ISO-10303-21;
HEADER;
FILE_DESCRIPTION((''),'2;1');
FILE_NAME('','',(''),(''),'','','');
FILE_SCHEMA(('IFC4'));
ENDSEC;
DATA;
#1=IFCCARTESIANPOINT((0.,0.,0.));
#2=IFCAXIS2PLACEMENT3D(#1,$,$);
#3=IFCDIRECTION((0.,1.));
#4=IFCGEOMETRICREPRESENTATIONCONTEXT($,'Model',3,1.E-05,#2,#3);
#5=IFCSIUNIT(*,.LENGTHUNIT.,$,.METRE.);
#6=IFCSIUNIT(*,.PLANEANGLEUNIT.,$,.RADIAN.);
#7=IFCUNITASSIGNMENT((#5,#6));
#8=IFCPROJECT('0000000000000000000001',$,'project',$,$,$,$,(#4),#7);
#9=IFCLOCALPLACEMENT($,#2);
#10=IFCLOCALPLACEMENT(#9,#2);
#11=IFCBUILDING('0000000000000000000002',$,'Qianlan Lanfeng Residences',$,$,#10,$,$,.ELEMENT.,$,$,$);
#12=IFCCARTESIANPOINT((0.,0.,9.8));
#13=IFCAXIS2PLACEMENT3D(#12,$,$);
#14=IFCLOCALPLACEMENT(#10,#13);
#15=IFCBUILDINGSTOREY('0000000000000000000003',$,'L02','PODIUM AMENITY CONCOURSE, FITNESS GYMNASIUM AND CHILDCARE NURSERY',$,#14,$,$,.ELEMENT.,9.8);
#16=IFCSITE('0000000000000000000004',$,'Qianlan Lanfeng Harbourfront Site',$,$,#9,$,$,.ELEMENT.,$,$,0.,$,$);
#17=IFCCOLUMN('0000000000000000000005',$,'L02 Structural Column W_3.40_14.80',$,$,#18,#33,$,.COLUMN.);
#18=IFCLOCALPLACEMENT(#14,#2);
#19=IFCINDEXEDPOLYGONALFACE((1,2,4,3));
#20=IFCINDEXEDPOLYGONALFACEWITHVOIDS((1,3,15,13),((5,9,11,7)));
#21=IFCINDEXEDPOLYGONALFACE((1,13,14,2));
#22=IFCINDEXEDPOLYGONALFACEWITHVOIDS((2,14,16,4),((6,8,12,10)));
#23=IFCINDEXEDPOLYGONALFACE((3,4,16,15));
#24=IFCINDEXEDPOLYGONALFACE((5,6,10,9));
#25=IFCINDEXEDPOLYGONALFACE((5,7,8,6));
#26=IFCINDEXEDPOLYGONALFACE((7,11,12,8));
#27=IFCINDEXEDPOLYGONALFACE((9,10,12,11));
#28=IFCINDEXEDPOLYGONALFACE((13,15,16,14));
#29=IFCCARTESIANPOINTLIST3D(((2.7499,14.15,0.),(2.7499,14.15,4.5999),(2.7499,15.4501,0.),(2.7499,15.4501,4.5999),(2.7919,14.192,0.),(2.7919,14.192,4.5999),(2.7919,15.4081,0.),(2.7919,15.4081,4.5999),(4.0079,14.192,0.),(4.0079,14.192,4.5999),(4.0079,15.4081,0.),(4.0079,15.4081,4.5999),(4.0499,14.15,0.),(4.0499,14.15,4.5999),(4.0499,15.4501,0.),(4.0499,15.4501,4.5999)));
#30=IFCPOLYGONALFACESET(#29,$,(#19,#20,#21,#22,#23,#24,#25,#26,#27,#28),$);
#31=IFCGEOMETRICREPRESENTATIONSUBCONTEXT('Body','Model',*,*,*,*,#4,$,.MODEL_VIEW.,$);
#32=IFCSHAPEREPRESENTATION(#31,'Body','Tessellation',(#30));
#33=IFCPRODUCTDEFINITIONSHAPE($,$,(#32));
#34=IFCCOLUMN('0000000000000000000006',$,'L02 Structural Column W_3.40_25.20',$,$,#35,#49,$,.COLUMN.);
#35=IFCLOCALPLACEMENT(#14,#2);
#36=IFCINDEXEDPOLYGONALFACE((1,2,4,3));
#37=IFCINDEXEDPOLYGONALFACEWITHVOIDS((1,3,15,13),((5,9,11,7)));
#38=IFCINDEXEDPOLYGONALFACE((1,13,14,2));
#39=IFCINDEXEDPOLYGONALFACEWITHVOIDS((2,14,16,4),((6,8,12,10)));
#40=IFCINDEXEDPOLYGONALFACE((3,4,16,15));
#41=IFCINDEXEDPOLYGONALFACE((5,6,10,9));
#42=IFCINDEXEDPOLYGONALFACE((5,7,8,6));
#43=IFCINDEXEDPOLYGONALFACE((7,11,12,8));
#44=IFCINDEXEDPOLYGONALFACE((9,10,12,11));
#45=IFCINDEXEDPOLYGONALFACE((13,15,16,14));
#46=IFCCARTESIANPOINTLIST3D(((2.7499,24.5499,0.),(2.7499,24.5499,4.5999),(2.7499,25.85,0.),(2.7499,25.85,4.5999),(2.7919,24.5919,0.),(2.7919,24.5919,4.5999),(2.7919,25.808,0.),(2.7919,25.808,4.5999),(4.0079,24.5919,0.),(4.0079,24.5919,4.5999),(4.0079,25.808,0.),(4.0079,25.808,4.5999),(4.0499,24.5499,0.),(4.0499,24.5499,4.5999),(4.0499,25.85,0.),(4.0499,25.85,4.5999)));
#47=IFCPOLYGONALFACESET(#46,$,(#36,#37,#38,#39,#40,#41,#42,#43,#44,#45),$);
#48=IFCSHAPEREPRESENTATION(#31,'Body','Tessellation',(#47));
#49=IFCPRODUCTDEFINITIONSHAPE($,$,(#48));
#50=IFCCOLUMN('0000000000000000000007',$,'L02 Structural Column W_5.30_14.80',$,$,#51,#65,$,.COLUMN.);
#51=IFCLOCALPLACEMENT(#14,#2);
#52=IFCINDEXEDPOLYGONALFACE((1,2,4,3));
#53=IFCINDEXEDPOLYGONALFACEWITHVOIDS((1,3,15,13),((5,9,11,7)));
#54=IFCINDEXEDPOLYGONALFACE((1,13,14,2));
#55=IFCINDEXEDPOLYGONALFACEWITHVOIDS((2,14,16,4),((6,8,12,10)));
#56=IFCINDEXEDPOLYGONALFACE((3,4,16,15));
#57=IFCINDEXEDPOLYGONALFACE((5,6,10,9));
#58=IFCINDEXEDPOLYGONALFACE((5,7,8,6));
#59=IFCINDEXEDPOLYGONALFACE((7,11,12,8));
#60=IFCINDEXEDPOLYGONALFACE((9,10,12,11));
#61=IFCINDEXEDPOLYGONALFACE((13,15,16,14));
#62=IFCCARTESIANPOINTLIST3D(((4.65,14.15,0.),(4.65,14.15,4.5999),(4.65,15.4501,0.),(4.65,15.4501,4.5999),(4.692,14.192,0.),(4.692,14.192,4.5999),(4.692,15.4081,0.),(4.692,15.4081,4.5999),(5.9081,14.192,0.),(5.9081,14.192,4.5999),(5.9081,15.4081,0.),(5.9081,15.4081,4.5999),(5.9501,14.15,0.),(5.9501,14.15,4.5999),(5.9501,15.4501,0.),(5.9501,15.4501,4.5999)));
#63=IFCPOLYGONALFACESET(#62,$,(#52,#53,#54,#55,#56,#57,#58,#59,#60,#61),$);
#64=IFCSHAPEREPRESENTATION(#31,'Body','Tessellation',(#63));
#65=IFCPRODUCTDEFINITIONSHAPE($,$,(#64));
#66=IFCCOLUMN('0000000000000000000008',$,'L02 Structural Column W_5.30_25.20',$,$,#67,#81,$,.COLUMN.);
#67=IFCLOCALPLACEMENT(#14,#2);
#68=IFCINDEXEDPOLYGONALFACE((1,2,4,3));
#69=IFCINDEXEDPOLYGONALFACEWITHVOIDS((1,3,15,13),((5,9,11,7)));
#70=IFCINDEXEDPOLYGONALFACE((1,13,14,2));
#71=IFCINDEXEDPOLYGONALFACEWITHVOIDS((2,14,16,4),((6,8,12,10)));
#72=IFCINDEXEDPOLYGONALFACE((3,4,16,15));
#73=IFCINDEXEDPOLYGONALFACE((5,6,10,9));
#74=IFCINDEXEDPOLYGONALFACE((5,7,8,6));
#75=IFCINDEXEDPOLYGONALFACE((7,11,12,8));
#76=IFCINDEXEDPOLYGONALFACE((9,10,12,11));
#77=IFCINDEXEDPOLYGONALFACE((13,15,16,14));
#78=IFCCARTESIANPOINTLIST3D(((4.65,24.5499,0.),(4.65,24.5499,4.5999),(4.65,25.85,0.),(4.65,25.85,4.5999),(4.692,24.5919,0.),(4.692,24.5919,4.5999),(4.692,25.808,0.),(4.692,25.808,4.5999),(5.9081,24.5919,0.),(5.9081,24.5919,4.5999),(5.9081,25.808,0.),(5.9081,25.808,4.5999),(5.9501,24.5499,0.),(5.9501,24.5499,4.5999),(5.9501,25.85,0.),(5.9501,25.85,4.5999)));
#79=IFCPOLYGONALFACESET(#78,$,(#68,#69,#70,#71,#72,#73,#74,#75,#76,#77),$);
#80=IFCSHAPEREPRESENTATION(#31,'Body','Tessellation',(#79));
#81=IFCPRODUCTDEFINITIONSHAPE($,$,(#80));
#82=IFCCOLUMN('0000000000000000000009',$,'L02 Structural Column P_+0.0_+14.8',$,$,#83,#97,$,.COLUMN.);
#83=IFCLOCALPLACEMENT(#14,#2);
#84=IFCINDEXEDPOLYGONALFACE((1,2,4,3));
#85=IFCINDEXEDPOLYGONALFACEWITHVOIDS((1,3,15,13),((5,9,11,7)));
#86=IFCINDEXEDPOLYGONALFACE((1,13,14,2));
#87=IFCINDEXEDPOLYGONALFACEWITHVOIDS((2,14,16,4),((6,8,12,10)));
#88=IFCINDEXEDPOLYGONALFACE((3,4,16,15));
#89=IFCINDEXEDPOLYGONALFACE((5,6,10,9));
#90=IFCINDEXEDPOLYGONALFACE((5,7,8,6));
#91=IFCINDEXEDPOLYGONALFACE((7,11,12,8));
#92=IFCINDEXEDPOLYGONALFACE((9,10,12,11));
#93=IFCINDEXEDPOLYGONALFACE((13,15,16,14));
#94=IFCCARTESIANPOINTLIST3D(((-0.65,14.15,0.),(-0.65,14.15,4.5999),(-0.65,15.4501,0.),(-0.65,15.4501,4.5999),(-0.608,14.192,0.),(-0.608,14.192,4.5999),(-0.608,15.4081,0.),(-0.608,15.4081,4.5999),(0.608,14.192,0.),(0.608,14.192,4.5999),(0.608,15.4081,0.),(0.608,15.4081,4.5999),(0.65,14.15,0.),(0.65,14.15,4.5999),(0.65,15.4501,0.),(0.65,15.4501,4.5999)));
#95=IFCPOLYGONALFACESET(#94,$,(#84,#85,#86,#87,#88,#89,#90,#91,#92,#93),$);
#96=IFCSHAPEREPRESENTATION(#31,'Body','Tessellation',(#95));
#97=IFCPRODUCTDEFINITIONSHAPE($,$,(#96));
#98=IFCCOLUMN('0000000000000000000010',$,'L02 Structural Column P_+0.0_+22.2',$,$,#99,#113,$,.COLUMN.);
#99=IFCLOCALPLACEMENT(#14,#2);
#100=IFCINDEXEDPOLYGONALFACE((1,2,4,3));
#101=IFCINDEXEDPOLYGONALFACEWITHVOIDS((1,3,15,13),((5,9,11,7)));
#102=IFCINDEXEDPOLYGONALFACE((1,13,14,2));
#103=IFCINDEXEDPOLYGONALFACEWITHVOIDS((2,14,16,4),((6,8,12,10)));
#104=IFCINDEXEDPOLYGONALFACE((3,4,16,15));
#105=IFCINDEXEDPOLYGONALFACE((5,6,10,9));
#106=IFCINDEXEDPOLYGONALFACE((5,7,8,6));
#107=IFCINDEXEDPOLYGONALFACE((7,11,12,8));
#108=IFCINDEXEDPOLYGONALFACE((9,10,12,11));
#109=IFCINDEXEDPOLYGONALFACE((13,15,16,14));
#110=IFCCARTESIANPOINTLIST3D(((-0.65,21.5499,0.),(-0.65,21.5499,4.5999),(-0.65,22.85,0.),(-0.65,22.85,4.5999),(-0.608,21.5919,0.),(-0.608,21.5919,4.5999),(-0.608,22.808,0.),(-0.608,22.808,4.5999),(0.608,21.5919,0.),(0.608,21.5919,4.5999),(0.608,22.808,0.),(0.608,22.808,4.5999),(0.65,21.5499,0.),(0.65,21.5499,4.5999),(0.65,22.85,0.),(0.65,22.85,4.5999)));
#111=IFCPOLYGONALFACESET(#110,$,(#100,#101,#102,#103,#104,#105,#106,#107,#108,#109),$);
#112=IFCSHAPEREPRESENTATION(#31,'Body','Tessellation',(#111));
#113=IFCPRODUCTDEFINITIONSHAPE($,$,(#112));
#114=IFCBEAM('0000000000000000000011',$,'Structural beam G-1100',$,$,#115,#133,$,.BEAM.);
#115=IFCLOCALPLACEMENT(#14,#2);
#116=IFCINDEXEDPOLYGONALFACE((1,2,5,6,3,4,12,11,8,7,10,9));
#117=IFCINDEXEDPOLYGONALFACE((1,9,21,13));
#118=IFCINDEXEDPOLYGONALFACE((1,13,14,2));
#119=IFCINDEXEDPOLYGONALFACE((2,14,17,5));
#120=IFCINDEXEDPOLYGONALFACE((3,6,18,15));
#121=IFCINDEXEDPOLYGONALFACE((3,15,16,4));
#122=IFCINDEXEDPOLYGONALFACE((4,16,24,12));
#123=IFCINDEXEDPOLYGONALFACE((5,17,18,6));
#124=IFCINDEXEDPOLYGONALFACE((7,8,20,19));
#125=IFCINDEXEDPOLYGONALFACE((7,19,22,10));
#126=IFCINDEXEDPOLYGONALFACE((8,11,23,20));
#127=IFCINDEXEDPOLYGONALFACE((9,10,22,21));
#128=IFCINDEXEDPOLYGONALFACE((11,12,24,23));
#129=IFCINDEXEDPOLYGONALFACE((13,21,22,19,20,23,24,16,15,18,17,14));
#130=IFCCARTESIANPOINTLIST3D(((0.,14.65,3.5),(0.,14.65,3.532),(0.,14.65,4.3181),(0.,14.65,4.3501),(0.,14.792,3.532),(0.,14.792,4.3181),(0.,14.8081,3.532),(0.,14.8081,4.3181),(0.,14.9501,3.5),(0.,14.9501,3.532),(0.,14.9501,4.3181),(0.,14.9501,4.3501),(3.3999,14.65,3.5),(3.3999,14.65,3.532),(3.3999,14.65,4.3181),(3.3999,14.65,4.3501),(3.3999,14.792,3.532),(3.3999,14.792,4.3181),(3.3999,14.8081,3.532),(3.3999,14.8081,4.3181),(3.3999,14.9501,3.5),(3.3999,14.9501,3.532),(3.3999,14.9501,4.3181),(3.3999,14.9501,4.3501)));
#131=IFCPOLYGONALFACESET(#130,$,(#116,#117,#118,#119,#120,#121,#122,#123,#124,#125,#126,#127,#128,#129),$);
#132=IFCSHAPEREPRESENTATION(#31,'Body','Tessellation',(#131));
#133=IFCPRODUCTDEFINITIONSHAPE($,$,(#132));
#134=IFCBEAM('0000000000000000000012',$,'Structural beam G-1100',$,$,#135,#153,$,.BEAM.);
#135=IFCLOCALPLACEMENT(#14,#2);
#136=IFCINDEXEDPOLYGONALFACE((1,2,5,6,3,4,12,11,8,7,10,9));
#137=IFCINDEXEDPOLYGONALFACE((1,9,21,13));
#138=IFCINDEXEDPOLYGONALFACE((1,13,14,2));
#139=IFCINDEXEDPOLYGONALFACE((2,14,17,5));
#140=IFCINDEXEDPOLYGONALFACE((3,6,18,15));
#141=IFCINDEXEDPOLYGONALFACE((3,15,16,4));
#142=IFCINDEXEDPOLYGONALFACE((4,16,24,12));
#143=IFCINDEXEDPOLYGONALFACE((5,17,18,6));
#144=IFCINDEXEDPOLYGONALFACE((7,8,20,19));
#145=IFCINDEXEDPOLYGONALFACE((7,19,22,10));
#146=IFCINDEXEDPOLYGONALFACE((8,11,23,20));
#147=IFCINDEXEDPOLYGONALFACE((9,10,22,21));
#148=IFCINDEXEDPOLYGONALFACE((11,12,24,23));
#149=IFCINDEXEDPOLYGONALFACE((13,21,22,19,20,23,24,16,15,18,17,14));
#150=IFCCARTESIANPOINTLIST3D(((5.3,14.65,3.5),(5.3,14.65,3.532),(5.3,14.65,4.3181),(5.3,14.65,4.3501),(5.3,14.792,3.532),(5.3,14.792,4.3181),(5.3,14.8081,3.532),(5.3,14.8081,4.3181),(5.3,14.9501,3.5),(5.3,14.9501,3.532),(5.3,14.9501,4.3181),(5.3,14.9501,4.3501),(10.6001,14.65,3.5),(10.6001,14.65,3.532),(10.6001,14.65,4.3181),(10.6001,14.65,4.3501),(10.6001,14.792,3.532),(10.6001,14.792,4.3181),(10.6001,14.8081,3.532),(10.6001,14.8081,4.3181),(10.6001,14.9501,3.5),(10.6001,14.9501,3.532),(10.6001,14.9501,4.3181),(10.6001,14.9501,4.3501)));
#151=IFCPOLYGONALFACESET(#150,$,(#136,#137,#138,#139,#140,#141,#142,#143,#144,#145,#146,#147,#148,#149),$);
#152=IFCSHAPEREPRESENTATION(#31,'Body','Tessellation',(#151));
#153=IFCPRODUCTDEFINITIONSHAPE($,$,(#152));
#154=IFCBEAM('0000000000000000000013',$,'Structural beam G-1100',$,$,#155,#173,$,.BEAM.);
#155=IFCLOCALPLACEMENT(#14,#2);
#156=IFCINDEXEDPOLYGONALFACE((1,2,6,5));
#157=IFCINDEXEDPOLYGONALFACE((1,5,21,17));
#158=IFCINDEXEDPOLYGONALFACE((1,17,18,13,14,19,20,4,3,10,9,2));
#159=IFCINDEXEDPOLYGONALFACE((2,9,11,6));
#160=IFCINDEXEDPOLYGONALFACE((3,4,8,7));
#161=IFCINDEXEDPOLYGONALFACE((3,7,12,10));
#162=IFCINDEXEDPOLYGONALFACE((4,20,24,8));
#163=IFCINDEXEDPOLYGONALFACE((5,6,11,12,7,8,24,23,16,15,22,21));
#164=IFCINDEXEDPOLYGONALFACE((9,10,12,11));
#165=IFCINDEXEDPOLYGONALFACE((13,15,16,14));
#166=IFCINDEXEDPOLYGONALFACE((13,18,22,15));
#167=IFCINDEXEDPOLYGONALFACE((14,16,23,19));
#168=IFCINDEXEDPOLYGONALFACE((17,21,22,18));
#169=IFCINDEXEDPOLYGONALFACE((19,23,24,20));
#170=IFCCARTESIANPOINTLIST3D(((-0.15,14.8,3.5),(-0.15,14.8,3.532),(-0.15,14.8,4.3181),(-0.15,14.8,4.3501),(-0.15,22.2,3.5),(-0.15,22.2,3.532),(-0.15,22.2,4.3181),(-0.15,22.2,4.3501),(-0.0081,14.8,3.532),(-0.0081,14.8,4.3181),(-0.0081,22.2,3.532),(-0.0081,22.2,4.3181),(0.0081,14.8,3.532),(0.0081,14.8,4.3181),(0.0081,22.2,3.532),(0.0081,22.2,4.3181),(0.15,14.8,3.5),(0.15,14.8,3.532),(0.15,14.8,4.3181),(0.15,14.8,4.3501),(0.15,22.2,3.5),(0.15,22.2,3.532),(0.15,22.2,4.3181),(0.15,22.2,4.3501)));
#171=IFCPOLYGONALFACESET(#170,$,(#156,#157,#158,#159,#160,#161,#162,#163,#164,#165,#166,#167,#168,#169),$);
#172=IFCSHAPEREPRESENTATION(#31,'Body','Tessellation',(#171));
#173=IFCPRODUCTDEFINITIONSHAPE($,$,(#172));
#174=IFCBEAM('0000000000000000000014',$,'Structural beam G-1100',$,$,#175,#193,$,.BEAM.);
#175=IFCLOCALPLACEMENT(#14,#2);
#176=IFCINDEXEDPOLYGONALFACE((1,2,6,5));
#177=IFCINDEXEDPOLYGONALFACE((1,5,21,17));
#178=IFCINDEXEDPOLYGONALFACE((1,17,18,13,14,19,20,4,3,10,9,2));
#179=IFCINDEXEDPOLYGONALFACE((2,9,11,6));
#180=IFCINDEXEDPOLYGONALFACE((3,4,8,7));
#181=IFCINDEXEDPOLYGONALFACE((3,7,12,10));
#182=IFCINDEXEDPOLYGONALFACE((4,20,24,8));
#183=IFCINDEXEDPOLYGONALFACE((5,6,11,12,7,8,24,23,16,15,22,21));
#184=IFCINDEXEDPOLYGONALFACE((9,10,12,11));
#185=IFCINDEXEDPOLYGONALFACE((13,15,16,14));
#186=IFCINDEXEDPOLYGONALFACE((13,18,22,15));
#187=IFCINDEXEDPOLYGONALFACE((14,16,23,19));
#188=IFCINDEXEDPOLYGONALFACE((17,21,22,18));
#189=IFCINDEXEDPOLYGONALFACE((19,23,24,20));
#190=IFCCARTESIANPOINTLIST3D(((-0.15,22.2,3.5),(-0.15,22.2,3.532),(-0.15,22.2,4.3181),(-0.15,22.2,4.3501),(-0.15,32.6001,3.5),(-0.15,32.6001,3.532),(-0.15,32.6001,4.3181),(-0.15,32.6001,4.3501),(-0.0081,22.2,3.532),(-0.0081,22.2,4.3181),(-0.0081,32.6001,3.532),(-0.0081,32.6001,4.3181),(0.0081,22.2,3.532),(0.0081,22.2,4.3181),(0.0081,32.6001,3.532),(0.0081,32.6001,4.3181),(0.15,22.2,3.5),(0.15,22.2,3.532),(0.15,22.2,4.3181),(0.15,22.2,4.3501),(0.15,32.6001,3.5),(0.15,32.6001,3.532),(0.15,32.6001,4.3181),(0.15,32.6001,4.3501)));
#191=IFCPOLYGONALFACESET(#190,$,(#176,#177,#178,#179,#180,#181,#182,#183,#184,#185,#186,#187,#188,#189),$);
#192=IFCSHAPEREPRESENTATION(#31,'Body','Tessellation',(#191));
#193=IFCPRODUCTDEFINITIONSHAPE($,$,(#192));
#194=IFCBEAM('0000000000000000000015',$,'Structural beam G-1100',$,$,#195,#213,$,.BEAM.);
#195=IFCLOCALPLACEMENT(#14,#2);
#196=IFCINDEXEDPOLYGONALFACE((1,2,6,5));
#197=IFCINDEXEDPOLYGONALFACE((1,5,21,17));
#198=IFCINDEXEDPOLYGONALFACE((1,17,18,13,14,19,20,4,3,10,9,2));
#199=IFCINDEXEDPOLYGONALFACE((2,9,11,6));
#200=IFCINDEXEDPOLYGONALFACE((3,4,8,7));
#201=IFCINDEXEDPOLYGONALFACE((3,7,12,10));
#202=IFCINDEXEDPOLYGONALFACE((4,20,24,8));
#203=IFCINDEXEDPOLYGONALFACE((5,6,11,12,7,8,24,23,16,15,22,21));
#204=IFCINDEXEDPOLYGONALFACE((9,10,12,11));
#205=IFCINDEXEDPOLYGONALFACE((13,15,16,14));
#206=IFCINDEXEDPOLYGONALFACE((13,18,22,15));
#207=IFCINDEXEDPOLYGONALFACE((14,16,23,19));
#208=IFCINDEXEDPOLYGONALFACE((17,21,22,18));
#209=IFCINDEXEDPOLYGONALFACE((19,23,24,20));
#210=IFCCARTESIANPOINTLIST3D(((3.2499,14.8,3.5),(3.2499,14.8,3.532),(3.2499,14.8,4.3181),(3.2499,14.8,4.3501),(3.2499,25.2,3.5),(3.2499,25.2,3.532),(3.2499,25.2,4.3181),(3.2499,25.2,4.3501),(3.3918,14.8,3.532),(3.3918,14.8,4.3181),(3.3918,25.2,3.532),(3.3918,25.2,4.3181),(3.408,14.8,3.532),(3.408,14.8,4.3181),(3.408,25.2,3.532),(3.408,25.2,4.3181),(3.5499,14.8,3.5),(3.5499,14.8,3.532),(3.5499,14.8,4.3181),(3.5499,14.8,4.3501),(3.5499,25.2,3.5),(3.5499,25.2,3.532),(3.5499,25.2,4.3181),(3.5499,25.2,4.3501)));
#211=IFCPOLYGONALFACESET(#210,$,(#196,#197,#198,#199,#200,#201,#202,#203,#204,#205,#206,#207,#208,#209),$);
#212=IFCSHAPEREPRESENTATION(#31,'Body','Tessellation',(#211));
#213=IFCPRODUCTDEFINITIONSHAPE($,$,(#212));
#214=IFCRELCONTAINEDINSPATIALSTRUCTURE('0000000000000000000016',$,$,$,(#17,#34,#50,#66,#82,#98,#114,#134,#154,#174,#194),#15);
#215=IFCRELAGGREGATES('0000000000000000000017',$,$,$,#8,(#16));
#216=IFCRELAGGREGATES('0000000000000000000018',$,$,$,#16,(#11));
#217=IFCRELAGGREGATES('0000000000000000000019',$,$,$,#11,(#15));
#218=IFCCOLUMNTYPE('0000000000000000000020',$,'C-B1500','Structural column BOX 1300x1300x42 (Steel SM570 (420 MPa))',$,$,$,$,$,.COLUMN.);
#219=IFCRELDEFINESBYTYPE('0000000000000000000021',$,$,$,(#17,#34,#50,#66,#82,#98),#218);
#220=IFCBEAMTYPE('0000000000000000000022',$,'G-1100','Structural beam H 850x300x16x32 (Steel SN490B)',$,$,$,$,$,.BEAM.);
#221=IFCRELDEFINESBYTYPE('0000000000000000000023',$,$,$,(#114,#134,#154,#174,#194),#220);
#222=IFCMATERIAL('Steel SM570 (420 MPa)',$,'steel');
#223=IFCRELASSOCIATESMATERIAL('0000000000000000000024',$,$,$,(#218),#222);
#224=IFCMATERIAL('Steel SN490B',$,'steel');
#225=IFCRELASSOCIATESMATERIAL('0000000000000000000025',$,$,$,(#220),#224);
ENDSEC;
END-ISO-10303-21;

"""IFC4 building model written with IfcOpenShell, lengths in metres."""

from ifc_helpers import new_model, si_unit, direction, frame, origin, origin_2d, place, context, subcontext, project, spatial, hollow_rectangle, i_section, extrude, material, material_profile, profile_set, type_object, element, save


model = new_model("IFC4")

# Units and contexts
model_context = context("Model", 3, precision=1e-05, world=origin(), true_north=direction((0.0, 1.0)))
body_context = subcontext(model_context, "Body", "Model", "MODEL_VIEW")
ifc_project = project(units=[si_unit("LENGTHUNIT", "METRE"), si_unit("PLANEANGLEUNIT", "RADIAN")], contexts=[model_context])

# Site, building, storey
site_placement = place(None, origin())
site = spatial("IfcSite", under=ifc_project, at=site_placement, Name="Qianlan Lanfeng Harbourfront Site", CompositionType="ELEMENT", RefElevation=0.0)
building_placement = place(site_placement, origin())
building = spatial("IfcBuilding", under=site, at=building_placement, Name="Qianlan Lanfeng Residences", CompositionType="ELEMENT")
storey_placement = place(building_placement, frame((0.0, 0.0, 9.8)))
storey = spatial("IfcBuildingStorey", under=building, at=storey_placement, Name="L02", Description="PODIUM AMENITY CONCOURSE, FITNESS GYMNASIUM AND CHILDCARE NURSERY", CompositionType="ELEMENT", Elevation=9.8)

# Columns
ifc_material_1 = material(Name="Steel SM570 (420 MPa)", Category="steel")
ifc_material_profile_1 = material_profile(ifc_material_1, hollow_rectangle(XDim=1.3, YDim=1.3, WallThickness=0.042, at=origin_2d()), Name="BOX 1300x1300x42")
ifc_profile_set_1 = profile_set([ifc_material_profile_1], Name="Steel SM570 (420 MPa)")
column_type = type_object("IfcColumnType", Name="C-B1500", Description="Structural column BOX 1300x1300x42 (Steel SM570 (420 MPa))", PredefinedType="COLUMN", material=ifc_profile_set_1)
for number, where, z_axis, x_axis, name in (
    (1, (3.3999, 14.8, 0.0), (0.0, 0.0, 1.0), (1.0, 0.0, 0.0), "L02 Structural Column W_3.40_14.80"),
    (2, (3.3999, 25.2, 0.0), (0.0, 0.0, 1.0), (1.0, 0.0, 0.0), "L02 Structural Column W_3.40_25.20"),
    (3, (5.3, 14.8, 0.0), (0.0, 0.0, 1.0), (1.0, 0.0, 0.0), "L02 Structural Column W_5.30_14.80"),
    (4, (5.3, 25.2, 0.0), (0.0, 0.0, 1.0), (1.0, 0.0, 0.0), "L02 Structural Column W_5.30_25.20"),
    (5, (0.0, 14.8, 0.0), (0.0, 0.0, 1.0), (1.0, 0.0, 0.0), "L02 Structural Column P_+0.0_+14.8"),
    (6, (0.0, 22.2, 0.0), (0.0, 0.0, 1.0), (1.0, 0.0, 0.0), "L02 Structural Column P_+0.0_+22.2"),
):
    element("IfcColumn", number, at=place(storey_placement, frame(where, z_axis=z_axis, x_axis=x_axis)), inside=storey, type_object=column_type, Name=name, PredefinedType="COLUMN", context=body_context, shape_type="SweptSolid", body=[
        extrude(hollow_rectangle(XDim=1.3, YDim=1.3, WallThickness=0.042, at=origin_2d()), origin(), (0.0, 0.0, 1.0), 4.5999),
    ])

# Beams
ifc_material_2 = material(Name="Steel SN490B", Category="steel")
ifc_material_profile_2 = material_profile(ifc_material_2, i_section(OverallWidth=0.3, OverallDepth=0.8501, WebThickness=0.0161, FlangeThickness=0.032, at=origin_2d()), Name="H 850x300x16x32")
ifc_profile_set_2 = profile_set([ifc_material_profile_2], Name="Steel SN490B")
beam_type_1 = type_object("IfcBeamType", Name="G-1100", Description="Structural beam H 850x300x16x32 (Steel SN490B)", PredefinedType="BEAM", material=ifc_profile_set_2)
beam_1_placement = place(storey_placement, frame((0.0, 14.8, 3.925), z_axis=(1.0, 0.0, 0.0), x_axis=(0.0, 1.0, 0.0)))
element("IfcBeam", 7, at=beam_1_placement, inside=storey, type_object=beam_type_1, Name="Structural beam G-1100", PredefinedType="BEAM", context=body_context, shape_type="SweptSolid", body=[
    extrude(i_section(OverallWidth=0.3, OverallDepth=0.8501, WebThickness=0.0161, FlangeThickness=0.032, at=origin_2d()), origin(), (0.0, 0.0, 1.0), 3.3999),
])
beam_2_placement = place(storey_placement, frame((5.3, 14.8, 3.925), z_axis=(1.0, 0.0, 0.0), x_axis=(0.0, 1.0, 0.0)))
element("IfcBeam", 8, at=beam_2_placement, inside=storey, type_object=beam_type_1, Name="Structural beam G-1100", PredefinedType="BEAM", context=body_context, shape_type="SweptSolid", body=[
    extrude(i_section(OverallWidth=0.3, OverallDepth=0.8501, WebThickness=0.0161, FlangeThickness=0.032, at=origin_2d()), origin(), (0.0, 0.0, 1.0), 5.3),
])
beam_3_placement = place(storey_placement, frame((0.0, 14.8, 3.925), z_axis=(0.0, 1.0, 0.0), x_axis=(-1.0, 0.0, 0.0)))
element("IfcBeam", 9, at=beam_3_placement, inside=storey, type_object=beam_type_1, Name="Structural beam G-1100", PredefinedType="BEAM", context=body_context, shape_type="SweptSolid", body=[
    extrude(i_section(OverallWidth=0.3, OverallDepth=0.8501, WebThickness=0.0161, FlangeThickness=0.032, at=origin_2d()), origin(), (0.0, 0.0, 1.0), 7.3999),
])
beam_4_placement = place(storey_placement, frame((0.0, 22.2, 3.925), z_axis=(0.0, 1.0, 0.0), x_axis=(-1.0, 0.0, 0.0)))
element("IfcBeam", 10, at=beam_4_placement, inside=storey, type_object=beam_type_1, Name="Structural beam G-1100", PredefinedType="BEAM", context=body_context, shape_type="SweptSolid", body=[
    extrude(i_section(OverallWidth=0.3, OverallDepth=0.8501, WebThickness=0.0161, FlangeThickness=0.032, at=origin_2d()), origin(), (0.0, 0.0, 1.0), 10.4001),
])
beam_5_placement = place(storey_placement, frame((3.3999, 14.8, 3.925), z_axis=(0.0, 1.0, 0.0), x_axis=(-1.0, 0.0, 0.0)))
element("IfcBeam", 11, at=beam_5_placement, inside=storey, type_object=beam_type_1, Name="Structural beam G-1100", PredefinedType="BEAM", context=body_context, shape_type="SweptSolid", body=[
    extrude(i_section(OverallWidth=0.3, OverallDepth=0.8501, WebThickness=0.0161, FlangeThickness=0.032, at=origin_2d()), origin(), (0.0, 0.0, 1.0), 10.3999),
])

save(model, "model.ifc")
